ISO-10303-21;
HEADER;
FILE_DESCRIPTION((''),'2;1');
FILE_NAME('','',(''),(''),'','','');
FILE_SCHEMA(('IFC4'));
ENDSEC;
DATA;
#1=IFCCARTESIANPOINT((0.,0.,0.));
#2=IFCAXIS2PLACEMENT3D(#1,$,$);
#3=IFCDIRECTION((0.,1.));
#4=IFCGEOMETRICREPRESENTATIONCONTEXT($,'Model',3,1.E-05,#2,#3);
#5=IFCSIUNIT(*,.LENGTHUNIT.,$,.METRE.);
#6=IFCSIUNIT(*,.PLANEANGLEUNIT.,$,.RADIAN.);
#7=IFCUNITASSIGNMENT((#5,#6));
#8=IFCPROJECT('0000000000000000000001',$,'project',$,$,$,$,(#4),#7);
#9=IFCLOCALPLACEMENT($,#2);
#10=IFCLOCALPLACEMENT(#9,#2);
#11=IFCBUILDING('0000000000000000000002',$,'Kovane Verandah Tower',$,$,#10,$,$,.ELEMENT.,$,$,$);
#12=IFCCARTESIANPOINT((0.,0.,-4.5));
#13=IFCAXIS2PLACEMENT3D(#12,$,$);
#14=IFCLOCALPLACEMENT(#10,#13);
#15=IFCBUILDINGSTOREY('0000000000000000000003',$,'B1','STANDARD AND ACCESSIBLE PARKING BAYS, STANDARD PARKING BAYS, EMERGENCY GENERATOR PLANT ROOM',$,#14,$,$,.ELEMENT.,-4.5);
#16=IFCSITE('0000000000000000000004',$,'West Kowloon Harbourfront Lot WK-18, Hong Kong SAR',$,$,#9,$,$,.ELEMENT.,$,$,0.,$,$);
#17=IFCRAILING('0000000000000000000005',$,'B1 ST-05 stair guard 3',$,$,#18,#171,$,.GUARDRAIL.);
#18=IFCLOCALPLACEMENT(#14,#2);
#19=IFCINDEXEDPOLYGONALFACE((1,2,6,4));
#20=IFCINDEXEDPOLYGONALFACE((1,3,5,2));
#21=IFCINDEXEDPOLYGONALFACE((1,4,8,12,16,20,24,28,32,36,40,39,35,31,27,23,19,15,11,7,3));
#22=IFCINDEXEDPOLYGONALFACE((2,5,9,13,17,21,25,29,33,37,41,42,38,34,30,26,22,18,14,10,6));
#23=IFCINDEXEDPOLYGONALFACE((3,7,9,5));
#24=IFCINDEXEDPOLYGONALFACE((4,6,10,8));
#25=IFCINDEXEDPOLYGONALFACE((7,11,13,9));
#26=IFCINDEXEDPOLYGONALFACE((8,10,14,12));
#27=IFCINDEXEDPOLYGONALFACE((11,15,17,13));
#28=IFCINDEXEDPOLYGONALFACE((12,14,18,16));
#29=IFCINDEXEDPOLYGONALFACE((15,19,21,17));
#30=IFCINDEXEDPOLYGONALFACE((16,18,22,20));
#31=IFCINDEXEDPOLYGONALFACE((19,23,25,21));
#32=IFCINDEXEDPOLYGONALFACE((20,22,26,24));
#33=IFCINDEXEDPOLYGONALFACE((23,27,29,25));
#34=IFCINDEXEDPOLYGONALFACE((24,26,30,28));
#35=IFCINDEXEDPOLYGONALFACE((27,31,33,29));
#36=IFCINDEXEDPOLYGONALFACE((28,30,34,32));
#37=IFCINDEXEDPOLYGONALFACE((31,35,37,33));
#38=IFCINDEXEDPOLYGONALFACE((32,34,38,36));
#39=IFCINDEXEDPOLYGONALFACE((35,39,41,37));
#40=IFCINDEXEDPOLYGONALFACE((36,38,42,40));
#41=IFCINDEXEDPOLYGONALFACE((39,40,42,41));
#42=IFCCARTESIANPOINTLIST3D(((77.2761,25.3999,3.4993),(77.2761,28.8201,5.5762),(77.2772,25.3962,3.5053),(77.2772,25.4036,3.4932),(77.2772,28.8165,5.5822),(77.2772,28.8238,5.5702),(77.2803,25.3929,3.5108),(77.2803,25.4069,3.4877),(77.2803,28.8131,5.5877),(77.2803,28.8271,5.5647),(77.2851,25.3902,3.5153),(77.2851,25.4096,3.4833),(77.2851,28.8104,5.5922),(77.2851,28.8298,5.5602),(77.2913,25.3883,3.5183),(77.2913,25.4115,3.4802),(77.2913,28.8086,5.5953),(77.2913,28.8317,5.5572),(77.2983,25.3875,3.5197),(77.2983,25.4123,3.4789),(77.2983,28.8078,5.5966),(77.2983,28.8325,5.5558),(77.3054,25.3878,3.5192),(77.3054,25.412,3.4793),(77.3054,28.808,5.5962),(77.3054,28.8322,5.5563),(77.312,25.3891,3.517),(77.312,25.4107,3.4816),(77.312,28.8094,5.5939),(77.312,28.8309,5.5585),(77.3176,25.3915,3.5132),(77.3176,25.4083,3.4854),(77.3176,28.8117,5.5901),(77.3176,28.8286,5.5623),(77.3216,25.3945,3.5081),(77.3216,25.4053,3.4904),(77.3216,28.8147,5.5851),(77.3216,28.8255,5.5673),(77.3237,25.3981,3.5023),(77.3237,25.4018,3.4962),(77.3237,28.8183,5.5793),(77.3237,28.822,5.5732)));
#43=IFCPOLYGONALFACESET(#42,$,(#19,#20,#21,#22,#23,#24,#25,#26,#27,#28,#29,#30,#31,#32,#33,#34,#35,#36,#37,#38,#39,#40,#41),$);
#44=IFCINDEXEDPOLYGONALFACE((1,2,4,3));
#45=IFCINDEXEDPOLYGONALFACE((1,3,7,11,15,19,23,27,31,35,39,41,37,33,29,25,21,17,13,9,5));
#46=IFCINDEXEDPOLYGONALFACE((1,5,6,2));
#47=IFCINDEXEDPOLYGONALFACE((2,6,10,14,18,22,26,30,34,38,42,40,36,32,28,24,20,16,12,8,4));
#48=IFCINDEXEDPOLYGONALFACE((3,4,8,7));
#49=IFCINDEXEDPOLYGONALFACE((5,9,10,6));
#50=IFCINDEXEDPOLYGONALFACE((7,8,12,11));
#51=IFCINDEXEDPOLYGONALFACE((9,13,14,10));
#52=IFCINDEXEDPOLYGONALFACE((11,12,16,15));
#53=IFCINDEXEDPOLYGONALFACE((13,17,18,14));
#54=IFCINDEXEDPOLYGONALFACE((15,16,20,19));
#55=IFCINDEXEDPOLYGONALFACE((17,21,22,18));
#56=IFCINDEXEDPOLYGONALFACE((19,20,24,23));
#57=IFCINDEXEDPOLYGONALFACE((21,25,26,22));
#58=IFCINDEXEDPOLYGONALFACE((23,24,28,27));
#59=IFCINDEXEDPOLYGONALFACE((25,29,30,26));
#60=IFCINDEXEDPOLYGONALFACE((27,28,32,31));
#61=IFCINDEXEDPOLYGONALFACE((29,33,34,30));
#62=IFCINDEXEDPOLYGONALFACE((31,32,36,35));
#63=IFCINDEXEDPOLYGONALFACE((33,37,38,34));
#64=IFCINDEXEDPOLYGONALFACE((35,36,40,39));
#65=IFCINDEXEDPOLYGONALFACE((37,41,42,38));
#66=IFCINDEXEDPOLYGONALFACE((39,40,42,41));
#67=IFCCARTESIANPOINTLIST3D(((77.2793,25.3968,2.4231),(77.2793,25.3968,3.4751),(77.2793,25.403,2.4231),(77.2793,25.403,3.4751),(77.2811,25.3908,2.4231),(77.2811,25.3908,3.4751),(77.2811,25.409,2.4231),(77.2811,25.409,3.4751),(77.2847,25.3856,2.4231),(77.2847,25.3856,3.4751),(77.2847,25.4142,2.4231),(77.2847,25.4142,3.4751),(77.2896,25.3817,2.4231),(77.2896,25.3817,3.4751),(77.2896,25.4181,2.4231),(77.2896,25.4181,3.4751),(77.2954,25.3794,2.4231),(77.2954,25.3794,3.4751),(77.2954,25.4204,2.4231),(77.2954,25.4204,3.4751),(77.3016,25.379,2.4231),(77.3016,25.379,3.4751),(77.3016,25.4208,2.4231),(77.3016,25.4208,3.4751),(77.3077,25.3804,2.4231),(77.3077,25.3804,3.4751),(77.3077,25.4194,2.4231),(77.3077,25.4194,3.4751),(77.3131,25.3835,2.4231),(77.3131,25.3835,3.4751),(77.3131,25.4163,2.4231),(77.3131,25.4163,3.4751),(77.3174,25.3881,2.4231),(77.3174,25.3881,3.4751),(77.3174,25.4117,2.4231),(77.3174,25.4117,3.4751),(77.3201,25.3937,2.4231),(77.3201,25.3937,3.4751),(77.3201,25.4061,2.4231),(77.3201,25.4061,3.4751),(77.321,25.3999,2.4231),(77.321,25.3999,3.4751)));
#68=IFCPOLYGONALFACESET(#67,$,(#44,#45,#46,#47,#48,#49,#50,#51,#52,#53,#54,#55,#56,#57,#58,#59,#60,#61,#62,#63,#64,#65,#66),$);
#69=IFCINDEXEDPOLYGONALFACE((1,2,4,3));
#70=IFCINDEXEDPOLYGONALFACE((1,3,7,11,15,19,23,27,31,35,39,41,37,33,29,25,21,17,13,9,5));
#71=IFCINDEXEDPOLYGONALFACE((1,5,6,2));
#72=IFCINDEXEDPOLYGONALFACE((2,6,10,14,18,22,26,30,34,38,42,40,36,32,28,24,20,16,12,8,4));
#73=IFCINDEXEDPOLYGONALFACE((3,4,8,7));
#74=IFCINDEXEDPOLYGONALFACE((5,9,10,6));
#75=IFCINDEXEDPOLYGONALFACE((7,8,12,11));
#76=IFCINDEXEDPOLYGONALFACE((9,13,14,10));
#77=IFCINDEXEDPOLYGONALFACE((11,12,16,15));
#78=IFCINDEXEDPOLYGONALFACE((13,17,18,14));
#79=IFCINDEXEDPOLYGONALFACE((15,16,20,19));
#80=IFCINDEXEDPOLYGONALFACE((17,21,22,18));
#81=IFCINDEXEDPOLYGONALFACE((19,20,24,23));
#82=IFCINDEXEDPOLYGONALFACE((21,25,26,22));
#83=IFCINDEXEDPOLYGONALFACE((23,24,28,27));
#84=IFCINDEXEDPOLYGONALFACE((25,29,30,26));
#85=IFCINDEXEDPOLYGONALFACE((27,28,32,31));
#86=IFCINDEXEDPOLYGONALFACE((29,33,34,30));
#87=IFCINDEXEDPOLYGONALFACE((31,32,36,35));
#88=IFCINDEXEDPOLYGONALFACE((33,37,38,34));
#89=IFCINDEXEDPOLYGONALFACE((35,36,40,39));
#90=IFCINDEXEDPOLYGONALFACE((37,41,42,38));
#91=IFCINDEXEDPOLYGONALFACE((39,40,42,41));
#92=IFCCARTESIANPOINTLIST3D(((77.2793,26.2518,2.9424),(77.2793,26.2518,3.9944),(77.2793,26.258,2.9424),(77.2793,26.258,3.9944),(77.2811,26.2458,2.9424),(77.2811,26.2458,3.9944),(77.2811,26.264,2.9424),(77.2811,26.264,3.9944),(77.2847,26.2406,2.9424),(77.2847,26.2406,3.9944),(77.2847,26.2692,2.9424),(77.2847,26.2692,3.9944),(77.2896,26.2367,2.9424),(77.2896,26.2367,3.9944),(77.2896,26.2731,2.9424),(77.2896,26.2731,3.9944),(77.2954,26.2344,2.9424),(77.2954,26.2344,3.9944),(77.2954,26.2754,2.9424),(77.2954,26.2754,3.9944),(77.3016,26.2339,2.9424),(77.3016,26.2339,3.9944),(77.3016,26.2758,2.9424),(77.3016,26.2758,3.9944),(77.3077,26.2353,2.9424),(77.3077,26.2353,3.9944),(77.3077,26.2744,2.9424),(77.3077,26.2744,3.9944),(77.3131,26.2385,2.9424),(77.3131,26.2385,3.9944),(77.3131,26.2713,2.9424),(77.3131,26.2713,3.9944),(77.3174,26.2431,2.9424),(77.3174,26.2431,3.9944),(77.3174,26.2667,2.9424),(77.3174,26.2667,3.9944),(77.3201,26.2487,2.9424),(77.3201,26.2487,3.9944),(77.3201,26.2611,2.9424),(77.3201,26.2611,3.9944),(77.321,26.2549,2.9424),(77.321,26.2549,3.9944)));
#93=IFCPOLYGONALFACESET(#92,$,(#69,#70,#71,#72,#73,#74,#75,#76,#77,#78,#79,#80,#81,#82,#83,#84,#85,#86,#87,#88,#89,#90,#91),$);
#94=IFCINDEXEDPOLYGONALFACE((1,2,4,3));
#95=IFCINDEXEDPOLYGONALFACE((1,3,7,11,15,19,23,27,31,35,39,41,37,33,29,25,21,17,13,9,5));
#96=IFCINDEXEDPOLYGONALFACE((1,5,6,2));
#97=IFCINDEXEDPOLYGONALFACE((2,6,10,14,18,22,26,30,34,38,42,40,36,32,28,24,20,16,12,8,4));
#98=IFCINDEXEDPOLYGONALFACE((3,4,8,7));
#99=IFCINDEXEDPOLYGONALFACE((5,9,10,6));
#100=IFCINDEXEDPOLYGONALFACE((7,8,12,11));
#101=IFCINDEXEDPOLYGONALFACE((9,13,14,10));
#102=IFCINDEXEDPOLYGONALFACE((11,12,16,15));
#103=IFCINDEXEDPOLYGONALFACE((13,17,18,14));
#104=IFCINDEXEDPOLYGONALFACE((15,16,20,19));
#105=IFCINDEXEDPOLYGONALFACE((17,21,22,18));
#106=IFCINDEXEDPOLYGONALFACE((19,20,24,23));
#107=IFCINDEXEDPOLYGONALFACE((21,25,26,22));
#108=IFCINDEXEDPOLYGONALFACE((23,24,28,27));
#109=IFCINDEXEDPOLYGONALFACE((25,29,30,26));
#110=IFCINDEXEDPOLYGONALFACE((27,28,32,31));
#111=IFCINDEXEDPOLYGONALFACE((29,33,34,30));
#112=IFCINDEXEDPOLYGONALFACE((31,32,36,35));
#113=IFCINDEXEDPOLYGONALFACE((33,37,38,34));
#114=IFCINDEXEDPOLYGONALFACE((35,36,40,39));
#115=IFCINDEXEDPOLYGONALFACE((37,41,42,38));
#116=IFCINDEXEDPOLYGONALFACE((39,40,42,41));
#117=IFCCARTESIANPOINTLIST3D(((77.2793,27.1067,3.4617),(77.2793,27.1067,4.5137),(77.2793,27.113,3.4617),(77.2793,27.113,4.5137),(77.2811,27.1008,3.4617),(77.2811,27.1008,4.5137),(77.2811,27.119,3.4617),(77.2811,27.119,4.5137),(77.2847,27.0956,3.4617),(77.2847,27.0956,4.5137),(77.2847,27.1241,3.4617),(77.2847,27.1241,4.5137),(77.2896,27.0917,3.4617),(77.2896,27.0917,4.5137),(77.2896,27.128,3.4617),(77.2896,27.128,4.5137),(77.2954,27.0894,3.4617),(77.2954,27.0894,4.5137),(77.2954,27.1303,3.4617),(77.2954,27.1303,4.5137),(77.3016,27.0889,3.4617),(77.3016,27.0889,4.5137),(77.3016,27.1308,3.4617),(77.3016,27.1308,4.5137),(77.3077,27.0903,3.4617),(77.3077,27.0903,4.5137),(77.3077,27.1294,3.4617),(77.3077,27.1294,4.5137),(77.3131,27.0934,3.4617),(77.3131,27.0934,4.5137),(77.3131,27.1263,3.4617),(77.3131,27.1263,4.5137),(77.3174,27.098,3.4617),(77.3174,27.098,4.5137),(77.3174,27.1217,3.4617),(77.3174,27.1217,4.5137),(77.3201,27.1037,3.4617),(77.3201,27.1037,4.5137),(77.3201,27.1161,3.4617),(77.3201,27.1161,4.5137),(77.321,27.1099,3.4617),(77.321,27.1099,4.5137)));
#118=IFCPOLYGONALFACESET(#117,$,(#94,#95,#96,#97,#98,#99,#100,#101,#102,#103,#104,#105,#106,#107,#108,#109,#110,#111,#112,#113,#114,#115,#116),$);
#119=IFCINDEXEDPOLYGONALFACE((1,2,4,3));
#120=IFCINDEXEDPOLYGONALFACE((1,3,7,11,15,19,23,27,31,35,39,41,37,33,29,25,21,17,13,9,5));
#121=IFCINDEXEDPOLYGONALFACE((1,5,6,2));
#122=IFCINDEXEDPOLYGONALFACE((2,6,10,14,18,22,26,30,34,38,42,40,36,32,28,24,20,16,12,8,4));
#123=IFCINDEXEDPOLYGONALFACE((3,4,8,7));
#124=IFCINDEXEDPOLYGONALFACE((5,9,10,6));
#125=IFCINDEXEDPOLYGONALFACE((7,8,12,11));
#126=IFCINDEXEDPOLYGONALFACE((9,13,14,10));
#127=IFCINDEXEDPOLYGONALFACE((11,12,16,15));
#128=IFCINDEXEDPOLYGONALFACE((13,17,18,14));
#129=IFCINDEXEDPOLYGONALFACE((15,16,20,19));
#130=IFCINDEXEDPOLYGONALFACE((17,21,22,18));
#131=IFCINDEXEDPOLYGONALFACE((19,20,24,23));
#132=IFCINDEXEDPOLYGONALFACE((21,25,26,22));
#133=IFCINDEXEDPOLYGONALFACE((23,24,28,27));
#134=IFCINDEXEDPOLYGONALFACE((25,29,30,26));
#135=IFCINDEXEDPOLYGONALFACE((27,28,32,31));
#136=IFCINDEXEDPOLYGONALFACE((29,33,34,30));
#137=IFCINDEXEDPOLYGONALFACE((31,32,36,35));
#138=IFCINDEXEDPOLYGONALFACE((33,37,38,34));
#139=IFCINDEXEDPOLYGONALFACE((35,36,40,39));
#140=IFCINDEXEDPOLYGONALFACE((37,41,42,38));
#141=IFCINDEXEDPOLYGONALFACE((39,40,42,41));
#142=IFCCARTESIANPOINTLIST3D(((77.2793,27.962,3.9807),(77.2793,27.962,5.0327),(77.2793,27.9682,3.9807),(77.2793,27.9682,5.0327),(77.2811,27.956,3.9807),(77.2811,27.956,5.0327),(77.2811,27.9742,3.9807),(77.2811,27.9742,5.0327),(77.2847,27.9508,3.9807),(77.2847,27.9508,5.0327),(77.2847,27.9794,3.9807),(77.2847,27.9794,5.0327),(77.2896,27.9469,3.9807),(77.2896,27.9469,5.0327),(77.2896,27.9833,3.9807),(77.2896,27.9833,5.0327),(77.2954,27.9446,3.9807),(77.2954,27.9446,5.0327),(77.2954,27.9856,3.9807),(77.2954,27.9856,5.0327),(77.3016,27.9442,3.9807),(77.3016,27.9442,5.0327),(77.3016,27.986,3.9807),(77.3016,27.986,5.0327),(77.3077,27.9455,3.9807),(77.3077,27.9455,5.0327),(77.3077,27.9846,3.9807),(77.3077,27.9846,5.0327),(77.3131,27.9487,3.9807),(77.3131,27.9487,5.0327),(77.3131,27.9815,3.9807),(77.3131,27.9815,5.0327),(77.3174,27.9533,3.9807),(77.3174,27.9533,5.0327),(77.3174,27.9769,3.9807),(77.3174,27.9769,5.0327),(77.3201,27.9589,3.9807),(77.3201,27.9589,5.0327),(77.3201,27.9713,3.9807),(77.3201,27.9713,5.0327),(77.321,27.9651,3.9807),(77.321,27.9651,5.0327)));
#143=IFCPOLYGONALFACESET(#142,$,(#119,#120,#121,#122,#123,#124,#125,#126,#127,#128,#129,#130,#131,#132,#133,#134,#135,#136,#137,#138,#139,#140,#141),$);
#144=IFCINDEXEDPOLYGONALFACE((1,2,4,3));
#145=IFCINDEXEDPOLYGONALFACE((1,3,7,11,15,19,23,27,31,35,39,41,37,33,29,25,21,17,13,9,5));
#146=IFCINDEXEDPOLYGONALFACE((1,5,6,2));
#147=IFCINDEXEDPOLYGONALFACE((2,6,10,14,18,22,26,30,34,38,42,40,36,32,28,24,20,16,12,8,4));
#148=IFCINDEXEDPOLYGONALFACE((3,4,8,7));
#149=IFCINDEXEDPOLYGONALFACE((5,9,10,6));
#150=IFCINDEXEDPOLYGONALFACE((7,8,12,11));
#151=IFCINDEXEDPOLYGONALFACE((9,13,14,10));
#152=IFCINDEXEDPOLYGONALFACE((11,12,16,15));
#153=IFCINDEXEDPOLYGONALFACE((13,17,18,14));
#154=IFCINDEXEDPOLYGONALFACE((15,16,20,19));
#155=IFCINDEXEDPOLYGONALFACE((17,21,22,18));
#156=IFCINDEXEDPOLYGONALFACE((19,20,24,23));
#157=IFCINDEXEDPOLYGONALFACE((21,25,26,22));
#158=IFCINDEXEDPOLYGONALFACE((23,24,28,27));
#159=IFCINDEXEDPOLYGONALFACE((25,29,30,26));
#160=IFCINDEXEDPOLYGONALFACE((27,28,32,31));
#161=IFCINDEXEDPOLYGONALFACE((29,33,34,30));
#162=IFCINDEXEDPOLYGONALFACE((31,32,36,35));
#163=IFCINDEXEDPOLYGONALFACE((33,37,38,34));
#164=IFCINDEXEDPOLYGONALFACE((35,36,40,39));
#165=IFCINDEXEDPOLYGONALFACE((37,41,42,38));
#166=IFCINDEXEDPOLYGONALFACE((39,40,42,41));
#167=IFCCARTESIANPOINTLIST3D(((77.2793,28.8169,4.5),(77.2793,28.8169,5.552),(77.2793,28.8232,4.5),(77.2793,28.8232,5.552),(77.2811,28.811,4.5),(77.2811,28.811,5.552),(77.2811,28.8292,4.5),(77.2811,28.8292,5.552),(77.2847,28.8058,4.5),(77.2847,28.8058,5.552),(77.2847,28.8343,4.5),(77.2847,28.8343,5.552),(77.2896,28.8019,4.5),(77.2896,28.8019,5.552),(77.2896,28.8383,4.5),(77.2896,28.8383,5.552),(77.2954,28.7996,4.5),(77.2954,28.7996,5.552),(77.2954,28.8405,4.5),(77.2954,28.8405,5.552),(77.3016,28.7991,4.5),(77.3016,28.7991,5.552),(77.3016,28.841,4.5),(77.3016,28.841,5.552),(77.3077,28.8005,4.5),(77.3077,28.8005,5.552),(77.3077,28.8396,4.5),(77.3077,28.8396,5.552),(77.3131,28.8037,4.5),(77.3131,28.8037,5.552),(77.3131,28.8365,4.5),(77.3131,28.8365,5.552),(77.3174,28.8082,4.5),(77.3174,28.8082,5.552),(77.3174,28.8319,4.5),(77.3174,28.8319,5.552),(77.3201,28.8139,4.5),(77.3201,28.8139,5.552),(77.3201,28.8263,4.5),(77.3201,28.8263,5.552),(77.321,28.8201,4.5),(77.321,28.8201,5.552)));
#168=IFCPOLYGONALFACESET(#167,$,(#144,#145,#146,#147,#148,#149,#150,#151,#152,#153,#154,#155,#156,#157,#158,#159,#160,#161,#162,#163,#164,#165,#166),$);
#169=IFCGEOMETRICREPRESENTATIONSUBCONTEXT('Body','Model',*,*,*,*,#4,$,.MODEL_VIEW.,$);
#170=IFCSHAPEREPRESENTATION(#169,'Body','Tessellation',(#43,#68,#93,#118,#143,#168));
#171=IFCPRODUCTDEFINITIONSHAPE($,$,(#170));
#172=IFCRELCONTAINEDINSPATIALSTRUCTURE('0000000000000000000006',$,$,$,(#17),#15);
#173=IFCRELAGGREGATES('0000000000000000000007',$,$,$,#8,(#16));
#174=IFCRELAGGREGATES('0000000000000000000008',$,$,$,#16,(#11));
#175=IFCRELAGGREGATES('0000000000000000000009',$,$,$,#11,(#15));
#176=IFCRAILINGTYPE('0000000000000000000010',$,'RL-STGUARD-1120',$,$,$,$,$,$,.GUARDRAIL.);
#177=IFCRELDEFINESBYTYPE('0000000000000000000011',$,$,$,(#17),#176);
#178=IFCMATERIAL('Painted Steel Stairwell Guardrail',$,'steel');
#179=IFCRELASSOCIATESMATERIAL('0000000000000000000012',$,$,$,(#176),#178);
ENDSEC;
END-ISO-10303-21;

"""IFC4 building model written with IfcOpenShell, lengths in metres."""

from ifc_helpers import new_model, si_unit, direction, frame, origin, origin_2d, place, context, subcontext, project, spatial, circle, extrude, material, type_object, element, save


model = new_model("IFC4")

# Units and contexts
model_context = context("Model", 3, precision=1e-05, world=origin(), true_north=direction((0.0, 1.0)))
body_context = subcontext(model_context, "Body", "Model", "MODEL_VIEW")
ifc_project = project(units=[si_unit("LENGTHUNIT", "METRE"), si_unit("PLANEANGLEUNIT", "RADIAN")], contexts=[model_context])

# Site, building, storey
site_placement = place(None, origin())
site = spatial("IfcSite", under=ifc_project, at=site_placement, Name="West Kowloon Harbourfront Lot WK-18, Hong Kong SAR", CompositionType="ELEMENT", RefElevation=0.0)
building_placement = place(site_placement, origin())
building = spatial("IfcBuilding", under=site, at=building_placement, Name="Kovane Verandah Tower", CompositionType="ELEMENT")
storey_placement = place(building_placement, frame((0.0, 0.0, -4.5)))
storey = spatial("IfcBuildingStorey", under=building, at=storey_placement, Name="B1", Description="STANDARD AND ACCESSIBLE PARKING BAYS, STANDARD PARKING BAYS, EMERGENCY GENERATOR PLANT ROOM", CompositionType="ELEMENT", Elevation=-4.5)

# Railing
ifc_material_1 = material(Name="Painted Steel Stairwell Guardrail", Category="steel")
railing_type_1 = type_object("IfcRailingType", Name="RL-STGUARD-1120", PredefinedType="GUARDRAIL", material=ifc_material_1)
railing_1_placement = place(storey_placement, frame((77.3, 25.3999, 2.4231)))
element("IfcRailing", 1, at=railing_1_placement, inside=storey, type_object=railing_type_1, Name="B1 ST-05 stair guard 3", PredefinedType="GUARDRAIL", context=body_context, shape_type="SweptSolid", body=[
    extrude(circle(Radius=0.0239, at=origin_2d()), frame((0.0, 0.0, 1.0762), z_axis=(0.0, 0.854746, 0.519047), x_axis=(-1.0, 0.0, 0.0)), (0.0, 0.0, 1.0), 4.0015),
    extrude(circle(Radius=0.021, at=origin_2d()), origin(), (0.0, 0.0, 1.0), 1.052),
    extrude(circle(Radius=0.021, at=origin_2d()), frame((0.0, 0.855, 0.5193)), (0.0, 0.0, 1.0), 1.052),
    extrude(circle(Radius=0.021, at=origin_2d()), frame((0.0, 1.71, 1.0386)), (0.0, 0.0, 1.0), 1.052),
    extrude(circle(Radius=0.021, at=origin_2d()), frame((0.0, 2.5652, 1.5576)), (0.0, 0.0, 1.0), 1.052),
    extrude(circle(Radius=0.021, at=origin_2d()), frame((0.0, 3.4202, 2.0769)), (0.0, 0.0, 1.0), 1.052),
])

save(model, "model.ifc")
